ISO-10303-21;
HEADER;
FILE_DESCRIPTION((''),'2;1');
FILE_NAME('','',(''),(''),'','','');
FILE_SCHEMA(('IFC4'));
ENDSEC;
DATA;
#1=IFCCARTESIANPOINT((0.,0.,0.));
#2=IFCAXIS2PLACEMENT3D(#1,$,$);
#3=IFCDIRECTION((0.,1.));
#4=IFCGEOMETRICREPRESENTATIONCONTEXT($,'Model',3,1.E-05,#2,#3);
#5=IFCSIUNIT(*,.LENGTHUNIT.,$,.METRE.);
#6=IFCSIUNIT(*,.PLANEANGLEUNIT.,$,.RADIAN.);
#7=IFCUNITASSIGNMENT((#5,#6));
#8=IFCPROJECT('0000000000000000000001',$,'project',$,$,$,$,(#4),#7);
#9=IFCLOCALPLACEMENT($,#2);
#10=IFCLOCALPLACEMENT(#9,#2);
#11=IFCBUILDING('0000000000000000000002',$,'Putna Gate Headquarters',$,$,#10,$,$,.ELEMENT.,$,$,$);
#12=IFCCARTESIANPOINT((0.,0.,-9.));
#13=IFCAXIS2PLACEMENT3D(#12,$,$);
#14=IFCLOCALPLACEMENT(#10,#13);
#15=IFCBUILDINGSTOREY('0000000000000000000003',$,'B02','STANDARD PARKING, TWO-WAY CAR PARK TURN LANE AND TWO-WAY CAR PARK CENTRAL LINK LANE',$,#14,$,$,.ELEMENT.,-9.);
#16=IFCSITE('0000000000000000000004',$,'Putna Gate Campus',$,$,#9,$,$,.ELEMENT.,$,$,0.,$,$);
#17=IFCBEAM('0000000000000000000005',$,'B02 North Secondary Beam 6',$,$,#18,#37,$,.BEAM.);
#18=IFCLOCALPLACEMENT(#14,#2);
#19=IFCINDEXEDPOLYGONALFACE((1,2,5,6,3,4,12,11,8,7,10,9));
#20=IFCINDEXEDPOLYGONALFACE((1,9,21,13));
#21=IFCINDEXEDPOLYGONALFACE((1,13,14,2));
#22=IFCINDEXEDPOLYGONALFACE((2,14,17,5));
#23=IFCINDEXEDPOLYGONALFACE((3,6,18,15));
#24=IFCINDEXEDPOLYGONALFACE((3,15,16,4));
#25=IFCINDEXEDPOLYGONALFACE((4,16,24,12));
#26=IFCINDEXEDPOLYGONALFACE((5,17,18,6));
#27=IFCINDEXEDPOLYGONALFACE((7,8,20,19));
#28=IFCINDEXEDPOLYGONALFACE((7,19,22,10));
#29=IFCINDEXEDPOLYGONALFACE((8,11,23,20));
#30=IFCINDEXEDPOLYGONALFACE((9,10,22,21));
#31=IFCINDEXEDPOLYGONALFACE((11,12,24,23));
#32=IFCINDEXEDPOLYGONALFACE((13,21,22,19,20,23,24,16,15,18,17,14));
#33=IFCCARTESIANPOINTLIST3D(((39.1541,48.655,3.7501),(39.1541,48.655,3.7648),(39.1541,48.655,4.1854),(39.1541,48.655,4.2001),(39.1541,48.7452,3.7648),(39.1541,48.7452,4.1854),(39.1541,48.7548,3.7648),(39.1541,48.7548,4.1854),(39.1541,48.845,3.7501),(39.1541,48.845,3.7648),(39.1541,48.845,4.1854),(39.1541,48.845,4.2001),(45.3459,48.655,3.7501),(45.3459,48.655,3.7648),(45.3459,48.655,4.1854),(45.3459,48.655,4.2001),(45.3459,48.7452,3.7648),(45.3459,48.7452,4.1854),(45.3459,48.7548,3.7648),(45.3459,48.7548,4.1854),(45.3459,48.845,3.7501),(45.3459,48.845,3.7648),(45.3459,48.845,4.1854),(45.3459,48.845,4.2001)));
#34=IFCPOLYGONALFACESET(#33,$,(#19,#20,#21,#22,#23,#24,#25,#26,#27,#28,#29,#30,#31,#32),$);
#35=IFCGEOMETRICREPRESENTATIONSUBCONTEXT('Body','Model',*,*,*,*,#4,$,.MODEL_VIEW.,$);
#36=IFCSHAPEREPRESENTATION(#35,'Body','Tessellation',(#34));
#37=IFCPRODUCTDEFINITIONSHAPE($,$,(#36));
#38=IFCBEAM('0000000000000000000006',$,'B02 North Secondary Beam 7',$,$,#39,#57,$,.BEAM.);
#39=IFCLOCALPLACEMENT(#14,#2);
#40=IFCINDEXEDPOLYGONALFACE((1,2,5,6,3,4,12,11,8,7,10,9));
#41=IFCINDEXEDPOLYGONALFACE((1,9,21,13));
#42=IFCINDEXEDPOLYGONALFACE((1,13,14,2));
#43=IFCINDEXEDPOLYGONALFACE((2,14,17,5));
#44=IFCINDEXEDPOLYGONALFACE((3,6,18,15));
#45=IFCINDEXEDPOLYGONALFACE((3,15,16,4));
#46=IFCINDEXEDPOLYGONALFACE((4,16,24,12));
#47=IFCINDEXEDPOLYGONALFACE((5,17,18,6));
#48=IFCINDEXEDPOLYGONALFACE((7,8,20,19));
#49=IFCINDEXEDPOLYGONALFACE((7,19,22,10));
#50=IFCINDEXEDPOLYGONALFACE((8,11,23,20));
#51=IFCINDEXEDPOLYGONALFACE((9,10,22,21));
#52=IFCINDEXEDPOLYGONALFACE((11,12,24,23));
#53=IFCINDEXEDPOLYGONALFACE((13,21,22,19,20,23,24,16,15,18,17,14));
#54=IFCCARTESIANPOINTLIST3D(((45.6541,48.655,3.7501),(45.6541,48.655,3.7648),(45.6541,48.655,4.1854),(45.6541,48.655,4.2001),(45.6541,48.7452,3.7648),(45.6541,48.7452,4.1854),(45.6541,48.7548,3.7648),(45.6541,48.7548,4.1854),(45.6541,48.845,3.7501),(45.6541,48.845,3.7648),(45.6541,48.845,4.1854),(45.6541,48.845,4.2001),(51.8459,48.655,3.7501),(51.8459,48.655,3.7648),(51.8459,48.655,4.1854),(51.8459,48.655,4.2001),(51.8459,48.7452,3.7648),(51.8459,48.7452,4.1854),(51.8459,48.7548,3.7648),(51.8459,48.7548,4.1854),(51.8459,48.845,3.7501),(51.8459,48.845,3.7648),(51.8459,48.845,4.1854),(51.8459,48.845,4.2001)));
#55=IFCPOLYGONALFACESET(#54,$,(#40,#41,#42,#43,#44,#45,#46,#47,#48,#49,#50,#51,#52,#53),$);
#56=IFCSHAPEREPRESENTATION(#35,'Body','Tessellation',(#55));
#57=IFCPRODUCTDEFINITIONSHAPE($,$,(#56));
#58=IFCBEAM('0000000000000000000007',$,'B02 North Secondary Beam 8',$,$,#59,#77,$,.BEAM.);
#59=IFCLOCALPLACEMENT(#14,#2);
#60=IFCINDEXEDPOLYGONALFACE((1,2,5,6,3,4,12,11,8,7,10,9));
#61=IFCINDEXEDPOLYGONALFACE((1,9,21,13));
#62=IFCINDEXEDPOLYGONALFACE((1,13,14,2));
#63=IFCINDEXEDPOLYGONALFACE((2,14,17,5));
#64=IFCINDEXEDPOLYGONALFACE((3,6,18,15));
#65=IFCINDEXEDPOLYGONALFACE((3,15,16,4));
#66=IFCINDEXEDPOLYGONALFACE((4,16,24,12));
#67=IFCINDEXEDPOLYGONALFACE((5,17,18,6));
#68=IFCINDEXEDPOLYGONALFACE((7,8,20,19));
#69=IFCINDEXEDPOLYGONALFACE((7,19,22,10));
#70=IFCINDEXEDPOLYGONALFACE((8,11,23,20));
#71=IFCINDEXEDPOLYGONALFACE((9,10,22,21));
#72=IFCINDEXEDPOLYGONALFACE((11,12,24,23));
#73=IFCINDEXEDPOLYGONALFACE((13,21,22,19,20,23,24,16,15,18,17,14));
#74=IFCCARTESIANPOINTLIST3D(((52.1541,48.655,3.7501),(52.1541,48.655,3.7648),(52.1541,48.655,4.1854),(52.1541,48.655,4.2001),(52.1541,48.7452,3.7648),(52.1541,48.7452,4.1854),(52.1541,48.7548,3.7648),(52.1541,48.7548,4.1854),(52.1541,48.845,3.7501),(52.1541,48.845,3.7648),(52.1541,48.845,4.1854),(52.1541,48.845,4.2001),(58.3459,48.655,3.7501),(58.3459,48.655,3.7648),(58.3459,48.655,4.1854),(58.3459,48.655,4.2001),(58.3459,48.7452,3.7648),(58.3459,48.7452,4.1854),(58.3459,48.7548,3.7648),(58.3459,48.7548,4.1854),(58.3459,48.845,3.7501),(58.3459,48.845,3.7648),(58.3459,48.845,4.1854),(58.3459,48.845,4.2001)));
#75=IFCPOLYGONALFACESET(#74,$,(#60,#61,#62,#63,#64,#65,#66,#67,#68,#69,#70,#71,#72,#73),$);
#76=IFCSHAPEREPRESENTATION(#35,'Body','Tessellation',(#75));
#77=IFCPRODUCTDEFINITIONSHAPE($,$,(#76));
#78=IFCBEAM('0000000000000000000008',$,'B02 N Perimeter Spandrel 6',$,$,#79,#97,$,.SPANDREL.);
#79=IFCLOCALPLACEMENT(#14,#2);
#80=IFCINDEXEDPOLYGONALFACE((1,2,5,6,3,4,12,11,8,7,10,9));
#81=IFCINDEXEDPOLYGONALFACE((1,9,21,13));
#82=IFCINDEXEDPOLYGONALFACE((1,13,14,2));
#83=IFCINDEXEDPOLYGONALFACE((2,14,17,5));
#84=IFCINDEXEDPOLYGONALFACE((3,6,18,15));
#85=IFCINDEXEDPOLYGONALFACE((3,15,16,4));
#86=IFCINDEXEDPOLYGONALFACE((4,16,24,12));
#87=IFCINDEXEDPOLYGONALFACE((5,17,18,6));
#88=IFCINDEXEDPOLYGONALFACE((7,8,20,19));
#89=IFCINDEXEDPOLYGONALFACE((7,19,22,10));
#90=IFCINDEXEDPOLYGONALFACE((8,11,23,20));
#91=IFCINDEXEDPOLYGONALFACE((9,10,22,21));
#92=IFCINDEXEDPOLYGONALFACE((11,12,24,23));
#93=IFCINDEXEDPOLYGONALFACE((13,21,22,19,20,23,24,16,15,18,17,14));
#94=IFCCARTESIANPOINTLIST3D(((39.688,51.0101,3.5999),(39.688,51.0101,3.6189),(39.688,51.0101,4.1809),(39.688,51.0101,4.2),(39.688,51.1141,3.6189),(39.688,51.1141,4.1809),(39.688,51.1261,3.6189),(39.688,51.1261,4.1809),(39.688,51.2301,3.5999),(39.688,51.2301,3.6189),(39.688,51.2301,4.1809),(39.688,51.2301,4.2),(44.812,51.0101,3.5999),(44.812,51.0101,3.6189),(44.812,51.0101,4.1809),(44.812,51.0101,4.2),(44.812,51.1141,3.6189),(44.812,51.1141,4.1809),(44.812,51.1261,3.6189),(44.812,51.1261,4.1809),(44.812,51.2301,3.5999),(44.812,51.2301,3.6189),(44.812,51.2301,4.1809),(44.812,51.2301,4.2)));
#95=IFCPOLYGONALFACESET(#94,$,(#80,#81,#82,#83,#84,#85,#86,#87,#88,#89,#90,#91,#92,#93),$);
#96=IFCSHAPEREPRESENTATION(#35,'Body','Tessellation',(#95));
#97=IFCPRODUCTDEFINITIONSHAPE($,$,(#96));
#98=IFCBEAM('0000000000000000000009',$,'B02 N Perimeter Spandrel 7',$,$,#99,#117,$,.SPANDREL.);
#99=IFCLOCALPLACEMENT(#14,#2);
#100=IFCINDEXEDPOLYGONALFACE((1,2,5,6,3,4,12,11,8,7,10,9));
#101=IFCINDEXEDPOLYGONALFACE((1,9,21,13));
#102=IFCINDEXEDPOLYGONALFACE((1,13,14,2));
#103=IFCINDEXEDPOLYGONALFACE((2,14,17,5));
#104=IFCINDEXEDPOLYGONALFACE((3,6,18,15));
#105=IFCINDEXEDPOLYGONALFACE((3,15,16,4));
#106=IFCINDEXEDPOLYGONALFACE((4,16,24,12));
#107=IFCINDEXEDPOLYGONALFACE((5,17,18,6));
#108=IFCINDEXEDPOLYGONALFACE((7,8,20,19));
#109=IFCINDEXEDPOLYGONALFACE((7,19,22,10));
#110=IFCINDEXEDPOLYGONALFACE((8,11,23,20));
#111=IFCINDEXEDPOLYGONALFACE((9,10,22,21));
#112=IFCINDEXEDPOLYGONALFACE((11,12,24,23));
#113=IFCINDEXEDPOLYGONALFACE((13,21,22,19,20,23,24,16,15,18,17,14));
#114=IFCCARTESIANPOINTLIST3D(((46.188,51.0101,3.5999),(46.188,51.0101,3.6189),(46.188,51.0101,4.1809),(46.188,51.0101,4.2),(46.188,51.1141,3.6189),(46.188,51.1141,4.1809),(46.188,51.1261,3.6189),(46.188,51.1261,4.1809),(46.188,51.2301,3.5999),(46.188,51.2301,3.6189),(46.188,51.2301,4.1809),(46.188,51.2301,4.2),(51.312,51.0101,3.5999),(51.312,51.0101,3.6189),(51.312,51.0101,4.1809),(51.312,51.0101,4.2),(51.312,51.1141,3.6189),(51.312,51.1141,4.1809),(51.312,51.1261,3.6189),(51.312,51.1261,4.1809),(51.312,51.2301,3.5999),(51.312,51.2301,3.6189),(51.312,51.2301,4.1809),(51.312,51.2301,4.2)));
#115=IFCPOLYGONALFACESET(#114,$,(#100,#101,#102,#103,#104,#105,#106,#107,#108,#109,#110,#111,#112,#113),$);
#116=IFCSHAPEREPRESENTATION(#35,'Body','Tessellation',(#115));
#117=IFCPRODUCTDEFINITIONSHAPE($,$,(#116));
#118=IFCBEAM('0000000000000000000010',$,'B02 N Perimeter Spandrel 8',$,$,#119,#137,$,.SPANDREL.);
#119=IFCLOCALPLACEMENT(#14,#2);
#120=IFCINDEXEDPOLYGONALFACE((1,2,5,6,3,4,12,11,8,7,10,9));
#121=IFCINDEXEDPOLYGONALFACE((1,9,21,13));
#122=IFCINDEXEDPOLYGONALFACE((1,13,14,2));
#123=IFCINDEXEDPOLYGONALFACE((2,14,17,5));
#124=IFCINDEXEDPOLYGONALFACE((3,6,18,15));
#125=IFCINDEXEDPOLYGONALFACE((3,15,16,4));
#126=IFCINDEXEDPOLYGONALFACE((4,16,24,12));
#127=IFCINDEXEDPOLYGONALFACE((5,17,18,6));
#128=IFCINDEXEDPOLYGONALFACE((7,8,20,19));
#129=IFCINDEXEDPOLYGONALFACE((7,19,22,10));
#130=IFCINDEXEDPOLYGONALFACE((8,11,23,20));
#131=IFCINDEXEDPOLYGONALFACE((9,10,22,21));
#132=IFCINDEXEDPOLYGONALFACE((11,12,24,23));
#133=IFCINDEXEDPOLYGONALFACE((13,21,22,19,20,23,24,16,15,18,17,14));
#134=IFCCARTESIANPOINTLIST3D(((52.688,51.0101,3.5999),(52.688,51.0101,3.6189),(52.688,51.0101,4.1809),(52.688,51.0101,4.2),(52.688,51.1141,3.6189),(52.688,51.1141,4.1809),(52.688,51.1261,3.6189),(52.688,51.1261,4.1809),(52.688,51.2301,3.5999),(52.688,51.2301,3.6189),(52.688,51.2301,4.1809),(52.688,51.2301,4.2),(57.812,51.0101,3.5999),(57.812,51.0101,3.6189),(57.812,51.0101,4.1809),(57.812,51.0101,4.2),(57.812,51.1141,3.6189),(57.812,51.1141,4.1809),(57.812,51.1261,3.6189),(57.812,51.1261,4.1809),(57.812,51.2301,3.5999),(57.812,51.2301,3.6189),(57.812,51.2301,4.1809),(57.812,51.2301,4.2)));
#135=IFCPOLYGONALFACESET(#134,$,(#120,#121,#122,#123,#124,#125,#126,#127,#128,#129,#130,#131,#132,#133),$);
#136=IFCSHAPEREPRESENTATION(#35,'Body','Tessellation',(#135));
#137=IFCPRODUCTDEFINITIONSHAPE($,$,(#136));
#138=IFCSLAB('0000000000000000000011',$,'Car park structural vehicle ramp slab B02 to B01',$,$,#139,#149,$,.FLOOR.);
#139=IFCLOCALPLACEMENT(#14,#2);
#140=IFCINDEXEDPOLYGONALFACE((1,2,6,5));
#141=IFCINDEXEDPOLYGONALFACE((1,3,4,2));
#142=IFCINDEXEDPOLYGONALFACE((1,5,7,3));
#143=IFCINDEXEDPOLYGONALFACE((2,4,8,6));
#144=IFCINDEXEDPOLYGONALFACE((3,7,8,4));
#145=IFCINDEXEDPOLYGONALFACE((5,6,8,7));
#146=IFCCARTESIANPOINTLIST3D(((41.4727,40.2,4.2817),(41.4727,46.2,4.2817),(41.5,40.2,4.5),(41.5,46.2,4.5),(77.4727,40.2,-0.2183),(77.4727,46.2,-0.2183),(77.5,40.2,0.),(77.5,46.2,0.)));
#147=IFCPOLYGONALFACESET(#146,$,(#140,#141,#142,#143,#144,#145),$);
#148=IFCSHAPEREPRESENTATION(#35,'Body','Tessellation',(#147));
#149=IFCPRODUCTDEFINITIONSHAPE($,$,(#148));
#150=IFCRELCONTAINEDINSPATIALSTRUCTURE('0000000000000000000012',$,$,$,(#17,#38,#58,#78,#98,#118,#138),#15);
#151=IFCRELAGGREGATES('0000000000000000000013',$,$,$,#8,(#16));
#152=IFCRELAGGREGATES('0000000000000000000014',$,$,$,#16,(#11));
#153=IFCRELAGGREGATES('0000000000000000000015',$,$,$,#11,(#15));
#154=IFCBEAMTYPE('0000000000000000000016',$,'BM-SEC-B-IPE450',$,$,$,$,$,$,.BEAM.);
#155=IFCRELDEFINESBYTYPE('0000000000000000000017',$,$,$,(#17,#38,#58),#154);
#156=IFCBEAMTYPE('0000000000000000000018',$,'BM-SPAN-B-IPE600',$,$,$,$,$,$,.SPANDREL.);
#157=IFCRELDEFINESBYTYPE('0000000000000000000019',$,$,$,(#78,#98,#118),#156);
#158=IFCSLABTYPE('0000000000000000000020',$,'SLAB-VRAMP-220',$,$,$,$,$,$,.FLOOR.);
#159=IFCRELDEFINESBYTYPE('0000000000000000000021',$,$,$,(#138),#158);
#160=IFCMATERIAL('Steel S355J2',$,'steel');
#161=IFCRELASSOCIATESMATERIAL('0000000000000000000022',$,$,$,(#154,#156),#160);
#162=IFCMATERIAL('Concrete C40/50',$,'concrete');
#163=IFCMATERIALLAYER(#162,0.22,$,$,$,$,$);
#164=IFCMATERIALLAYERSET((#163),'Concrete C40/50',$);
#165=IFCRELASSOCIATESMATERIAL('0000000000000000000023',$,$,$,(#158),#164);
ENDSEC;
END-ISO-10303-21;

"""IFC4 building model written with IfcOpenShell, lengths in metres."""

from ifc_helpers import new_model, si_unit, direction, frame, origin, origin_2d, place, context, subcontext, project, spatial, polyline, i_section, outline, extrude, material, layer, layer_set, material_profile, profile_set, type_object, element, save


model = new_model("IFC4")

# Units and contexts
model_context = context("Model", 3, precision=1e-05, world=origin(), true_north=direction((0.0, 1.0)))
body_context = subcontext(model_context, "Body", "Model", "MODEL_VIEW")
ifc_project = project(units=[si_unit("LENGTHUNIT", "METRE"), si_unit("PLANEANGLEUNIT", "RADIAN")], contexts=[model_context])

# Site, building, storey
site_placement = place(None, origin())
site = spatial("IfcSite", under=ifc_project, at=site_placement, Name="Putna Gate Campus", CompositionType="ELEMENT", RefElevation=0.0)
building_placement = place(site_placement, origin())
building = spatial("IfcBuilding", under=site, at=building_placement, Name="Putna Gate Headquarters", CompositionType="ELEMENT")
storey_placement = place(building_placement, frame((0.0, 0.0, -9.0)))
storey = spatial("IfcBuildingStorey", under=building, at=storey_placement, Name="B02", Description="STANDARD PARKING, TWO-WAY CAR PARK TURN LANE AND TWO-WAY CAR PARK CENTRAL LINK LANE", CompositionType="ELEMENT", Elevation=-9.0)

# Beams
ifc_material_1 = material(Name="Steel S355J2", Category="steel")
ifc_material_profile_1 = material_profile(ifc_material_1, i_section(OverallWidth=0.1899, OverallDepth=0.45, WebThickness=0.0095, FlangeThickness=0.0146, at=origin_2d()), Name="Steel S355J2")
ifc_profile_set_1 = profile_set([ifc_material_profile_1], Name="Steel S355J2")
beam_type_1 = type_object("IfcBeamType", Name="BM-SEC-B-IPE450", PredefinedType="BEAM", material=ifc_profile_set_1)
for number, where, z_axis, x_axis, name in (
    (1, (39.1541, 48.75, 3.9751), (1.0, 0.0, 0.0), (0.0, 1.0, 0.0), "B02 North Secondary Beam 6"),
    (2, (45.6541, 48.75, 3.9751), (1.0, 0.0, 0.0), (0.0, 1.0, 0.0), "B02 North Secondary Beam 7"),
    (3, (52.1541, 48.75, 3.9751), (1.0, 0.0, 0.0), (0.0, 1.0, 0.0), "B02 North Secondary Beam 8"),
):
    element("IfcBeam", number, at=place(storey_placement, frame(where, z_axis=z_axis, x_axis=x_axis)), inside=storey, type_object=beam_type_1, Name=name, PredefinedType="BEAM", context=body_context, shape_type="SweptSolid", body=[
        extrude(i_section(OverallWidth=0.1899, OverallDepth=0.45, WebThickness=0.0095, FlangeThickness=0.0146, at=origin_2d()), origin(), (0.0, 0.0, 1.0), 6.1919),
    ])
ifc_material_profile_2 = material_profile(ifc_material_1, i_section(OverallWidth=0.22, OverallDepth=0.6001, WebThickness=0.012, FlangeThickness=0.019, at=origin_2d()), Name="Steel S355J2")
ifc_profile_set_2 = profile_set([ifc_material_profile_2], Name="Steel S355J2")
beam_type_2 = type_object("IfcBeamType", Name="BM-SPAN-B-IPE600", PredefinedType="SPANDREL", material=ifc_profile_set_2)
for number, where, z_axis, x_axis, name in (
    (4, (39.688, 51.1201, 3.8999), (1.0, 0.0, 0.0), (0.0, 1.0, 0.0), "B02 N Perimeter Spandrel 6"),
    (5, (46.188, 51.1201, 3.8999), (1.0, 0.0, 0.0), (0.0, 1.0, 0.0), "B02 N Perimeter Spandrel 7"),
    (6, (52.688, 51.1201, 3.8999), (1.0, 0.0, 0.0), (0.0, 1.0, 0.0), "B02 N Perimeter Spandrel 8"),
):
    element("IfcBeam", number, at=place(storey_placement, frame(where, z_axis=z_axis, x_axis=x_axis)), inside=storey, type_object=beam_type_2, Name=name, PredefinedType="SPANDREL", context=body_context, shape_type="SweptSolid", body=[
        extrude(i_section(OverallWidth=0.22, OverallDepth=0.6001, WebThickness=0.012, FlangeThickness=0.019, at=origin_2d()), origin(), (0.0, 0.0, 1.0), 5.124),
    ])

# Slab
ifc_material_2 = material(Name="Concrete C40/50", Category="concrete")
ifc_layer = layer(ifc_material_2, 0.22)
ifc_layer_set = layer_set([ifc_layer], Name="Concrete C40/50")
slab_type = type_object("IfcSlabType", Name="SLAB-VRAMP-220", PredefinedType="FLOOR", material=ifc_layer_set)
slab_placement = place(storey_placement, frame((41.5, 40.2, 4.5), z_axis=(0.124035, 0.0, 0.992278), x_axis=(0.992278, 0.0, -0.124035)))
element("IfcSlab", 7, at=slab_placement, inside=storey, type_object=slab_type, Name="Car park structural vehicle ramp slab B02 to B01", PredefinedType="FLOOR", context=body_context, shape_type="SweptSolid", body=[
    extrude(outline(polyline([(0.0, 0.0), (36.2802, 0.0), (36.2802, 6.0), (0.0, 6.0), (0.0, 0.0)])), origin(), (0.0, 0.0, -1.0), 0.22),
])

save(model, "model.ifc")
